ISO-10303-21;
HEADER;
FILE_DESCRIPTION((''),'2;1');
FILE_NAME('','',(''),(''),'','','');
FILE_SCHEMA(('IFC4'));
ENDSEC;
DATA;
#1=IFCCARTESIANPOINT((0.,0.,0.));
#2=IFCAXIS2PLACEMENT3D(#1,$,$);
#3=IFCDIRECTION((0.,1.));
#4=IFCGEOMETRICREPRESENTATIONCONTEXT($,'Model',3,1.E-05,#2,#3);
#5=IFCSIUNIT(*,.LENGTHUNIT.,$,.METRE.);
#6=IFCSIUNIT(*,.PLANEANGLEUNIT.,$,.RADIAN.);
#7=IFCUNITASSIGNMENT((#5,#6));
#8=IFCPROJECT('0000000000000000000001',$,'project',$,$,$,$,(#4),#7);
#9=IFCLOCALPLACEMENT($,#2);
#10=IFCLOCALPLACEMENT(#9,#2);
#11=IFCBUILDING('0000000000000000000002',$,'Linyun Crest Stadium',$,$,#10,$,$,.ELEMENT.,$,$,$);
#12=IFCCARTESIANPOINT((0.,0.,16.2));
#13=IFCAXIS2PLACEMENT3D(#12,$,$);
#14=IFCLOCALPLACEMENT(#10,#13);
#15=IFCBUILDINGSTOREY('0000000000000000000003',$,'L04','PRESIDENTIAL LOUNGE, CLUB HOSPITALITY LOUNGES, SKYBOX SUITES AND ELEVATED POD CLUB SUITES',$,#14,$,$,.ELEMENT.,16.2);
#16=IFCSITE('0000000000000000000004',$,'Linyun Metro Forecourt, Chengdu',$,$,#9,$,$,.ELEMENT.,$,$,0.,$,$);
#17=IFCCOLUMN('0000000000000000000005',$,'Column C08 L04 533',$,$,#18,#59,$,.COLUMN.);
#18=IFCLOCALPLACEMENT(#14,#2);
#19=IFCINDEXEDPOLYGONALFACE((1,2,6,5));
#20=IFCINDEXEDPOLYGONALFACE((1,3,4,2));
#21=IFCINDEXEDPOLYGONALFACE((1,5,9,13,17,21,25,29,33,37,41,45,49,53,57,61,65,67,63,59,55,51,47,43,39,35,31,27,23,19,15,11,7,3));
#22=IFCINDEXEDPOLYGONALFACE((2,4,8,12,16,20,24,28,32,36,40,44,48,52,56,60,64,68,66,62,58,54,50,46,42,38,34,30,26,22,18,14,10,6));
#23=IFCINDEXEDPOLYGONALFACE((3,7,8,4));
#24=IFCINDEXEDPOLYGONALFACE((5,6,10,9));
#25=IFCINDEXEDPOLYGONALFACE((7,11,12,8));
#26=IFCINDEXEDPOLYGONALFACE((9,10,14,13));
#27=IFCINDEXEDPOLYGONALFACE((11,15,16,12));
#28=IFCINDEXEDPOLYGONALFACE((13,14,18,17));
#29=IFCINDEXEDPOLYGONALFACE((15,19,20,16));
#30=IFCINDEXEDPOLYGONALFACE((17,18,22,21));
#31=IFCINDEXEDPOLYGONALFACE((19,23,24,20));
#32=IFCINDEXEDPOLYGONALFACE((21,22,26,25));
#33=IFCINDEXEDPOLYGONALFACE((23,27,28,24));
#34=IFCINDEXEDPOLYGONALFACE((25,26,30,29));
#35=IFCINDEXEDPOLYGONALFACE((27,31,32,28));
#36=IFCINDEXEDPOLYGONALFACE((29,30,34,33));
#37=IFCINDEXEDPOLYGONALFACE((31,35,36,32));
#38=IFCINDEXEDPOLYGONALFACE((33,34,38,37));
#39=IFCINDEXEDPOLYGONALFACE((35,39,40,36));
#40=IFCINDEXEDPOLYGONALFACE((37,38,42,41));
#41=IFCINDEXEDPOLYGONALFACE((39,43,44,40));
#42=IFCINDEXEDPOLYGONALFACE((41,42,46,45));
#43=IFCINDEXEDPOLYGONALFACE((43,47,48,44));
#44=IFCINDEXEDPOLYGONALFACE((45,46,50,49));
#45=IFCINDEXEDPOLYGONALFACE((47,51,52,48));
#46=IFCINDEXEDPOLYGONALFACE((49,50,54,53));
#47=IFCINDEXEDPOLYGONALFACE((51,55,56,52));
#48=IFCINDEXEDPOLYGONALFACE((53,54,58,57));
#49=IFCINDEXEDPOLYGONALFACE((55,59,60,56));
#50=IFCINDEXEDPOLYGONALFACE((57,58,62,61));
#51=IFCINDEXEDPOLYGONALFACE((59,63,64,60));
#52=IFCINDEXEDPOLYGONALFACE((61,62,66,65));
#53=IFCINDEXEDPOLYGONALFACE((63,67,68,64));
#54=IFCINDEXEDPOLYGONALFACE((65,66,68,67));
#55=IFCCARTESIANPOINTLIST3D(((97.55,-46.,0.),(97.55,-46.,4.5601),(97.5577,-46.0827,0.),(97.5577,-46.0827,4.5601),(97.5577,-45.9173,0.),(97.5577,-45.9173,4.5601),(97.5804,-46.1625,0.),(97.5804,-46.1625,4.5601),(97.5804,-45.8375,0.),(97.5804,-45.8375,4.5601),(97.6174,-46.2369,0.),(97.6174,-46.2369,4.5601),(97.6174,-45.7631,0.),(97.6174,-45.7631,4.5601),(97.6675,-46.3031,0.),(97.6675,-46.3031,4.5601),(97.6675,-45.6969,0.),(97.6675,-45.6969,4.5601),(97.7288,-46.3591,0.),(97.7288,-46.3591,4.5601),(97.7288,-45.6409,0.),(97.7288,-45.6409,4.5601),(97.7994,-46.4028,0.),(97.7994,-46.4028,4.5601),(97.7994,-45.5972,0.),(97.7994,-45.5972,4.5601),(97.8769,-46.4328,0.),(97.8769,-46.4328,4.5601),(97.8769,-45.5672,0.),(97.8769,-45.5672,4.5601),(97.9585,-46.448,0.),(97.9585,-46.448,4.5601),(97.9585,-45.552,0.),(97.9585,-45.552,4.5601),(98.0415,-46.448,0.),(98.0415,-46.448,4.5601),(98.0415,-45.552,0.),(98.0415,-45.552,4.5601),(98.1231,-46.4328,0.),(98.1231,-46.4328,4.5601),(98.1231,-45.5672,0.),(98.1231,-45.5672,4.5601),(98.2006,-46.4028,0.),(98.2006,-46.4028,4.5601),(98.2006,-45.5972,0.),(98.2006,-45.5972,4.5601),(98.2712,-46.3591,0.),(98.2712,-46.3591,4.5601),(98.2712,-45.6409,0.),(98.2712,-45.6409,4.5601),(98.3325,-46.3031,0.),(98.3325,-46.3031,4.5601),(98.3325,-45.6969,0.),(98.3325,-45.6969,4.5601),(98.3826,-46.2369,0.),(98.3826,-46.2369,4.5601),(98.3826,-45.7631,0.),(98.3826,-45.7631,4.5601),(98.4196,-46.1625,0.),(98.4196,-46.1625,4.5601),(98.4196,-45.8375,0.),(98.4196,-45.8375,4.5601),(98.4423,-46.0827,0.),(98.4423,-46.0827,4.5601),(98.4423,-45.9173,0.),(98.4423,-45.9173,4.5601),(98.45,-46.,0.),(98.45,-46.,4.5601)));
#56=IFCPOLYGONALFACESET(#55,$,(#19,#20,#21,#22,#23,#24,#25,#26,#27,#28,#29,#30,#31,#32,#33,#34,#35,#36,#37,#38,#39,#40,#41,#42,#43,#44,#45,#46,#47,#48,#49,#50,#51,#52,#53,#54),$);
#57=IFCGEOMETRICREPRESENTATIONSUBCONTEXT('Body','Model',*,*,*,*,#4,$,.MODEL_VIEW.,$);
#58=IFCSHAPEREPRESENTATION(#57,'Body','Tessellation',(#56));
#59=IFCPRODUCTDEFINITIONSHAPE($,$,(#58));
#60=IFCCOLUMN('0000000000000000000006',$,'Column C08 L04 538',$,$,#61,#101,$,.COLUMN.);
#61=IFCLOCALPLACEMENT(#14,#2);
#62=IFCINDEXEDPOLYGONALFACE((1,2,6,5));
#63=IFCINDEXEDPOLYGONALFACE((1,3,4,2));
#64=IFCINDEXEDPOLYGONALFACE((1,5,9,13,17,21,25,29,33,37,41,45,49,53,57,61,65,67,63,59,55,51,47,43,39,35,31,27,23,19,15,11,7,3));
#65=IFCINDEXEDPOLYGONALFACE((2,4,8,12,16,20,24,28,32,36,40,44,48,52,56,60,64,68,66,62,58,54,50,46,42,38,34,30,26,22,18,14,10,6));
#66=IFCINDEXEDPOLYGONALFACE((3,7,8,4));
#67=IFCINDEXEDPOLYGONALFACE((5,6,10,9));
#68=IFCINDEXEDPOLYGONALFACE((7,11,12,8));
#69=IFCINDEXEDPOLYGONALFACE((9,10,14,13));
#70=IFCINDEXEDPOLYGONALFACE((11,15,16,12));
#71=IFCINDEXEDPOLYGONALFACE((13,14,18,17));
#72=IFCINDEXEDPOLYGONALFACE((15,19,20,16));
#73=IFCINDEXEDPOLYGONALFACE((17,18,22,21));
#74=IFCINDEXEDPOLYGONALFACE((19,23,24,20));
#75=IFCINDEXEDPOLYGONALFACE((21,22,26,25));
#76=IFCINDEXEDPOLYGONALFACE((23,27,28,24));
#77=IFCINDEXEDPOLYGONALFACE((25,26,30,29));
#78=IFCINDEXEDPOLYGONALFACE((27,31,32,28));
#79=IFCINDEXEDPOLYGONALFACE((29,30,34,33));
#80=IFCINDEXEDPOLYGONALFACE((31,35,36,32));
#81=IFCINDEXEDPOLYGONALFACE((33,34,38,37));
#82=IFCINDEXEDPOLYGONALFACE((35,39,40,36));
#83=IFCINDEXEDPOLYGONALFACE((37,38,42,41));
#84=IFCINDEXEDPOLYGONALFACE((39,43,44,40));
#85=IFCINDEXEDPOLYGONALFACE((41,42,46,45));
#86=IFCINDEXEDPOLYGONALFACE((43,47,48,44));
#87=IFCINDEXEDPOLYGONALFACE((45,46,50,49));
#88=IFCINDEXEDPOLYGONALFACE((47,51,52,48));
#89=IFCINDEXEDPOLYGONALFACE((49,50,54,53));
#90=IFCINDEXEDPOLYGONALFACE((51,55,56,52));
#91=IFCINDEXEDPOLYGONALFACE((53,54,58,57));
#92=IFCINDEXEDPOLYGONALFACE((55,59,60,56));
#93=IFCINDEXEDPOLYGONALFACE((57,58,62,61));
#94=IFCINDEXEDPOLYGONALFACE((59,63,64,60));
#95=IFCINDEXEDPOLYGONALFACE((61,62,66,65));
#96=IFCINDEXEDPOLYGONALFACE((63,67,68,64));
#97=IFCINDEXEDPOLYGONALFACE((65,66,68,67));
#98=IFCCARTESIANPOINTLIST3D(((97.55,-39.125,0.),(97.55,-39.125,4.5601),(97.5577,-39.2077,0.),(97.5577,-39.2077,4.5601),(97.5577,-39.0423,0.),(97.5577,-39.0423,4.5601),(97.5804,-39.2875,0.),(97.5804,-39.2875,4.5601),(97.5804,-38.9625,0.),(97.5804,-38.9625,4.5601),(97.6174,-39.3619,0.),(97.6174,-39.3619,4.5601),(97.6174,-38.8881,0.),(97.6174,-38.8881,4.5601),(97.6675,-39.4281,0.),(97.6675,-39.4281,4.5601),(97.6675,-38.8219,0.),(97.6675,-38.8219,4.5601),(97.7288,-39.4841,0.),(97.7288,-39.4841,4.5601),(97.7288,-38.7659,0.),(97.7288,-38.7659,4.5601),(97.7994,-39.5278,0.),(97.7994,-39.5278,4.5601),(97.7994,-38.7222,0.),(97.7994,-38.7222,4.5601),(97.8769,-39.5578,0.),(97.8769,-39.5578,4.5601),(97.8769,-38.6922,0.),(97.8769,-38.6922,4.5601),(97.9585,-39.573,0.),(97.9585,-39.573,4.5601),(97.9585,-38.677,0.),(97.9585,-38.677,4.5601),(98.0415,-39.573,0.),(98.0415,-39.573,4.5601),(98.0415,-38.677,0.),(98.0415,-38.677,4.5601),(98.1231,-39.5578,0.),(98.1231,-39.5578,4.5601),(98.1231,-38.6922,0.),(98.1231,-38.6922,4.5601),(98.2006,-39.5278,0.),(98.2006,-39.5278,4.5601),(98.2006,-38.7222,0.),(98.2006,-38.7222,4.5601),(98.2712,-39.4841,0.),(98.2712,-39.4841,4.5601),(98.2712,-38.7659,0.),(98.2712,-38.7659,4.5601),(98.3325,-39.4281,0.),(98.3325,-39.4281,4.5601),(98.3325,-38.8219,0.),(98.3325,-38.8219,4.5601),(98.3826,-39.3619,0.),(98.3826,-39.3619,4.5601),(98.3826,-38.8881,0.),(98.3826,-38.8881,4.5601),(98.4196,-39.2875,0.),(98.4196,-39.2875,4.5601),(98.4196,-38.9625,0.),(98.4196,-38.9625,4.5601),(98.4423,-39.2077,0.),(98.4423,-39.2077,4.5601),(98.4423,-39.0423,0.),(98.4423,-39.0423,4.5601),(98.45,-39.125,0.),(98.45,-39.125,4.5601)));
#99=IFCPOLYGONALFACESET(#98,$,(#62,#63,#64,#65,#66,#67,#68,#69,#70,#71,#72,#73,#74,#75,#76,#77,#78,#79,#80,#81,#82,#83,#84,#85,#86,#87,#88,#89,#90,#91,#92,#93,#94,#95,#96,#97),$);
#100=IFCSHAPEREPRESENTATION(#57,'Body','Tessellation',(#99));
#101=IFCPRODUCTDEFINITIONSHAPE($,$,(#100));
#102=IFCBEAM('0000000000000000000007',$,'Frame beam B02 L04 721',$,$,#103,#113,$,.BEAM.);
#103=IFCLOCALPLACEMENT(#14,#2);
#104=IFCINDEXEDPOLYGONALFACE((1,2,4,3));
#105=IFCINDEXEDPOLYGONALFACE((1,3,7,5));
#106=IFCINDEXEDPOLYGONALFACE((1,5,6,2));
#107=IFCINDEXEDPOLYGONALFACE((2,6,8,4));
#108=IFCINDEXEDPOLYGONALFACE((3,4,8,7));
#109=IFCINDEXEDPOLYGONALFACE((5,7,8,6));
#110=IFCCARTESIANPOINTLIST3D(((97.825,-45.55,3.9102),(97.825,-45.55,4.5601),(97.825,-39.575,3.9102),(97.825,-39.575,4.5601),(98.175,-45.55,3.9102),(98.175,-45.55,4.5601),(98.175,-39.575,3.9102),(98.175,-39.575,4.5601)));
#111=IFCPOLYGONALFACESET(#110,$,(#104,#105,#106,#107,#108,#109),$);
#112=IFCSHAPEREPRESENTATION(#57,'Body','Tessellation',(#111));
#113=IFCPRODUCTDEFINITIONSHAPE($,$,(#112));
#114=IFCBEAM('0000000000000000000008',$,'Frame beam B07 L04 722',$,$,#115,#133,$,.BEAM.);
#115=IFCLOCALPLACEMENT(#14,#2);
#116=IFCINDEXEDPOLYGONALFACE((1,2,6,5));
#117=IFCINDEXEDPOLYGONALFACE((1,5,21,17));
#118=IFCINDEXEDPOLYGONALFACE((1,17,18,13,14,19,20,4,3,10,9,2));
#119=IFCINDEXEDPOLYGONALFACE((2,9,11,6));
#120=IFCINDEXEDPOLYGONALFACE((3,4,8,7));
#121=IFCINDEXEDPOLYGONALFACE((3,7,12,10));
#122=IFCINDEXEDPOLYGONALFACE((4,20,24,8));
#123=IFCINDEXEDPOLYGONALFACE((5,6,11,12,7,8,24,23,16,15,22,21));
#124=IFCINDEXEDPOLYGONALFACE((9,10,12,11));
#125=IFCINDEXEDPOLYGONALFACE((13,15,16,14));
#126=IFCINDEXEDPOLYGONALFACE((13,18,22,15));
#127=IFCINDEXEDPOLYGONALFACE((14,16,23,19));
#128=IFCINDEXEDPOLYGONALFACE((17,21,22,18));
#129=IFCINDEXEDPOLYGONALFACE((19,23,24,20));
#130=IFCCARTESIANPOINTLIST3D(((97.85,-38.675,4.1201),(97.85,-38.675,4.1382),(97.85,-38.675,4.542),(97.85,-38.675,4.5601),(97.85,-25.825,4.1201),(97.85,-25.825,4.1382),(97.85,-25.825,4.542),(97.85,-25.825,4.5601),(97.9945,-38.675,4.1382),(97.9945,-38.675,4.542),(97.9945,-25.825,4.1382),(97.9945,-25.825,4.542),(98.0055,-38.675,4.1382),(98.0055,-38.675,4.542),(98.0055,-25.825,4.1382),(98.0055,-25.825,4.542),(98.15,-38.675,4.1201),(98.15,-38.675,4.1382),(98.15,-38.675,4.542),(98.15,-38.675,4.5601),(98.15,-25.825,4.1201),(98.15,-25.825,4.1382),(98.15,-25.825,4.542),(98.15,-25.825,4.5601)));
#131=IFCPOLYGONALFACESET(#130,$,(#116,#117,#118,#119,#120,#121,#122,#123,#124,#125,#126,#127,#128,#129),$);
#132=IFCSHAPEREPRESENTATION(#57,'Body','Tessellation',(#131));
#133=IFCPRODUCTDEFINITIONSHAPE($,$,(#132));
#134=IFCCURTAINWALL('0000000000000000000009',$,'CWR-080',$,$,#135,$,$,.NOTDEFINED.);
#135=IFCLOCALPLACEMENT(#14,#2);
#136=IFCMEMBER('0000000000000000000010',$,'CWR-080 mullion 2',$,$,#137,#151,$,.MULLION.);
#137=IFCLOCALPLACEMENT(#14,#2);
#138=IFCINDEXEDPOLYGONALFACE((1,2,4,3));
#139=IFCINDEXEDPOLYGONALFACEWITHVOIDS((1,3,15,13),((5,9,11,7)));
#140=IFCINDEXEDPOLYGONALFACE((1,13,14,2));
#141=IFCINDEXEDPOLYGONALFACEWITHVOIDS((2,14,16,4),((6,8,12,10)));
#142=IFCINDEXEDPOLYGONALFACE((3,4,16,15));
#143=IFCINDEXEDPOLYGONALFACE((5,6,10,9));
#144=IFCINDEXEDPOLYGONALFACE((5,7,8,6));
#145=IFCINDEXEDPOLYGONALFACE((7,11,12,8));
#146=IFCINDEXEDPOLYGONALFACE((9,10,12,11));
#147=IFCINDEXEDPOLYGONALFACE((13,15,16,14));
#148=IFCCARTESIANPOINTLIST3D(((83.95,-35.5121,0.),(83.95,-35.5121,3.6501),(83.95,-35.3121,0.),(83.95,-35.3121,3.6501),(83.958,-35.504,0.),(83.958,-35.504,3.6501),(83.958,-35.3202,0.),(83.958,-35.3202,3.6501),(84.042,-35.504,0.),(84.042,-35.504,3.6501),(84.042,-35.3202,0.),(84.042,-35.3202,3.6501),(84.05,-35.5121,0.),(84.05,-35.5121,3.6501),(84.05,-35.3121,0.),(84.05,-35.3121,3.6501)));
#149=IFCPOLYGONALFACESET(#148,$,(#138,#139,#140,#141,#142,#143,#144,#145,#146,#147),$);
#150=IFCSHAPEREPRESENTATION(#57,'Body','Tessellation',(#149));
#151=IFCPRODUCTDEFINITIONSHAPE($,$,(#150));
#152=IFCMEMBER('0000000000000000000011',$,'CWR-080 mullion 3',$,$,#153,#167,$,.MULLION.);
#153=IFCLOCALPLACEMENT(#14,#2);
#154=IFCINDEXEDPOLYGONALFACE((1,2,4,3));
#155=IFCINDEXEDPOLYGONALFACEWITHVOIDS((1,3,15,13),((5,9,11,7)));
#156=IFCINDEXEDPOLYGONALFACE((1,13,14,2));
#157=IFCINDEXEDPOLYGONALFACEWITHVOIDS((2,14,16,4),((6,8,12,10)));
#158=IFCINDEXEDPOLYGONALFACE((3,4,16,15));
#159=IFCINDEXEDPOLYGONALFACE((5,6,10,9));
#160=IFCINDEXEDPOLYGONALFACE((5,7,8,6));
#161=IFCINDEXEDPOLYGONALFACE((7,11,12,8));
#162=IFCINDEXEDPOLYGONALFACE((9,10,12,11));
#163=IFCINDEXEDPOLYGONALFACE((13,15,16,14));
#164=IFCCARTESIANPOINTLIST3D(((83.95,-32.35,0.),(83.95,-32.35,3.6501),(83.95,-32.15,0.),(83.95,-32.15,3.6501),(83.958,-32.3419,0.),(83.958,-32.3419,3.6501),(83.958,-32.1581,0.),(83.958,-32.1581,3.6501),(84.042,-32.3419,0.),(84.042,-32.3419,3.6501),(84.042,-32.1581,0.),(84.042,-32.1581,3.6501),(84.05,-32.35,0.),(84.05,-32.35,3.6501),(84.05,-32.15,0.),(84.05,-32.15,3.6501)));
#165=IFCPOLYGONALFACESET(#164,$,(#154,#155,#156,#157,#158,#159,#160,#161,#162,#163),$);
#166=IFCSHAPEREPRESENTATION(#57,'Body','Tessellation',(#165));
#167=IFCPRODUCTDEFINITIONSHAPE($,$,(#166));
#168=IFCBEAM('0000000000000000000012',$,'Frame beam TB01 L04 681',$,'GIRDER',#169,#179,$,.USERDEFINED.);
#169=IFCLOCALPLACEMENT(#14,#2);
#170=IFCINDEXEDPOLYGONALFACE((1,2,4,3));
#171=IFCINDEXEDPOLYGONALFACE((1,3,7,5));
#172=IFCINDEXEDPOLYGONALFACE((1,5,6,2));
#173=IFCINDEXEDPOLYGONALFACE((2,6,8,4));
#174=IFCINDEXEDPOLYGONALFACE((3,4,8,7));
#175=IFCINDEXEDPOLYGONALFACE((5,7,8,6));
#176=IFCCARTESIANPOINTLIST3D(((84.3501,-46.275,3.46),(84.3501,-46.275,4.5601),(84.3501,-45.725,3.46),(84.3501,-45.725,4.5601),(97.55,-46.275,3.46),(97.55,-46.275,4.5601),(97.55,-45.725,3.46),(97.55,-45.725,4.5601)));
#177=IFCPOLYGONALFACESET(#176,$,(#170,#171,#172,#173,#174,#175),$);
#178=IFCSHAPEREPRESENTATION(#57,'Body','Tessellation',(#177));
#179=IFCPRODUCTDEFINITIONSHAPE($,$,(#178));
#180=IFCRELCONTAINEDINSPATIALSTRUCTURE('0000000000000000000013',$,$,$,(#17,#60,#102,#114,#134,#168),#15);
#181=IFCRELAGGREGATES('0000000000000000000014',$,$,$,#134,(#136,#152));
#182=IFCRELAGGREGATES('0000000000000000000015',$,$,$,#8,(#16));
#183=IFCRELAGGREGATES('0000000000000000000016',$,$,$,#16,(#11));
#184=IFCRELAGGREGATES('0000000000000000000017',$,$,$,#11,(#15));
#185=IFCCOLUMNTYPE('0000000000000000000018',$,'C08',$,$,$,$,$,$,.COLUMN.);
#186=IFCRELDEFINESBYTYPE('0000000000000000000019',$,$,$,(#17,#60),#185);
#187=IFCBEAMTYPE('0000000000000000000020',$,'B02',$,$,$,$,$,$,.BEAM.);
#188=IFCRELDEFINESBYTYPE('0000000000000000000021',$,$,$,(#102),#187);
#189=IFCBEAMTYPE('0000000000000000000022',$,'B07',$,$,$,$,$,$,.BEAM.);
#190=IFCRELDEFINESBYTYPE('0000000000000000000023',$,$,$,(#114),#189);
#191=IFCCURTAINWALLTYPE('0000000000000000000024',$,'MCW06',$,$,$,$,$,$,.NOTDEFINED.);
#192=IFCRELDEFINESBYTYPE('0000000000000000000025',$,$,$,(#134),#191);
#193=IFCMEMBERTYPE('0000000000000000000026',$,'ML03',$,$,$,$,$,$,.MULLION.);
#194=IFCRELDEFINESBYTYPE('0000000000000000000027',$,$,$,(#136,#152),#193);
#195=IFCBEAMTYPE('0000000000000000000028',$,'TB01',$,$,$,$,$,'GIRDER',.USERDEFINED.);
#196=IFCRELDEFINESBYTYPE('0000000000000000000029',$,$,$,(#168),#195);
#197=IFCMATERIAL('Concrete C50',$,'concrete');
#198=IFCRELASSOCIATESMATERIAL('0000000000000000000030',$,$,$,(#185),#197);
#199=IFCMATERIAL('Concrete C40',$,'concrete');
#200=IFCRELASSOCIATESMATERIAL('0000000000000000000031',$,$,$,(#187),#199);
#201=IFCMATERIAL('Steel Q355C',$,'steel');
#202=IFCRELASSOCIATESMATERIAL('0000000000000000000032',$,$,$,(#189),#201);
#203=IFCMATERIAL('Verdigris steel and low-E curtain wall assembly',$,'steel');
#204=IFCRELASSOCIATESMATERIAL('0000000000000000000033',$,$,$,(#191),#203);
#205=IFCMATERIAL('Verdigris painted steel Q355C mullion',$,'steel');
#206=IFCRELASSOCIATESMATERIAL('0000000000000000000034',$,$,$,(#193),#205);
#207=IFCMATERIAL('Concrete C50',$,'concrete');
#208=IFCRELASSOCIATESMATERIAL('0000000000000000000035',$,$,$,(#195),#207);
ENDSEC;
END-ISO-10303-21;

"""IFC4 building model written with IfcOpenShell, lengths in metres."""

from ifc_helpers import new_model, si_unit, direction, frame, origin, origin_2d, place, context, subcontext, project, spatial, rectangle, hollow_rectangle, circle, i_section, extrude, material, material_profile, profile_set, type_object, element, aggregate, save


model = new_model("IFC4")

# Units and contexts
model_context = context("Model", 3, precision=1e-05, world=origin(), true_north=direction((0.0, 1.0)))
body_context = subcontext(model_context, "Body", "Model", "MODEL_VIEW")
ifc_project = project(units=[si_unit("LENGTHUNIT", "METRE"), si_unit("PLANEANGLEUNIT", "RADIAN")], contexts=[model_context])

# Site, building, storey
site_placement = place(None, origin())
site = spatial("IfcSite", under=ifc_project, at=site_placement, Name="Linyun Metro Forecourt, Chengdu", CompositionType="ELEMENT", RefElevation=0.0)
building_placement = place(site_placement, origin())
building = spatial("IfcBuilding", under=site, at=building_placement, Name="Linyun Crest Stadium", CompositionType="ELEMENT")
storey_placement = place(building_placement, frame((0.0, 0.0, 16.2)))
storey = spatial("IfcBuildingStorey", under=building, at=storey_placement, Name="L04", Description="PRESIDENTIAL LOUNGE, CLUB HOSPITALITY LOUNGES, SKYBOX SUITES AND ELEVATED POD CLUB SUITES", CompositionType="ELEMENT", Elevation=16.2)

# Columns
ifc_material_1 = material(Name="Concrete C50", Category="concrete")
ifc_material_profile_1 = material_profile(ifc_material_1, circle(Radius=0.45, at=origin_2d()), Name="RC D900")
ifc_profile_set_1 = profile_set([ifc_material_profile_1], Name="Concrete C50")
column_type = type_object("IfcColumnType", Name="C08", PredefinedType="COLUMN", material=ifc_profile_set_1)
for number, where, z_axis, x_axis, name in (
    (1, (98.0, -46.0, 0.0), (0.0, 0.0, 1.0), (1.0, 0.0, 0.0), "Column C08 L04 533"),
    (2, (98.0, -39.125, 0.0), (0.0, 0.0, 1.0), (1.0, 0.0, 0.0), "Column C08 L04 538"),
):
    element("IfcColumn", number, at=place(storey_placement, frame(where, z_axis=z_axis, x_axis=x_axis)), inside=storey, type_object=column_type, Name=name, PredefinedType="COLUMN", context=body_context, shape_type="SweptSolid", body=[
        extrude(circle(Radius=0.45, at=origin_2d()), origin(), (0.0, 0.0, 1.0), 4.5601),
    ])

# Beams
ifc_material_2 = material(Name="Concrete C40", Category="concrete")
ifc_material_profile_2 = material_profile(ifc_material_2, rectangle(XDim=0.3501, YDim=0.6499, at=origin_2d()), Name="RCB 650x350")
ifc_profile_set_2 = profile_set([ifc_material_profile_2], Name="Concrete C40")
beam_type_1 = type_object("IfcBeamType", Name="B02", PredefinedType="BEAM", material=ifc_profile_set_2)
beam_1_placement = place(storey_placement, frame((98.0, -45.55, 4.2351), z_axis=(0.0, 1.0, 0.0), x_axis=(-1.0, 0.0, 0.0)))
element("IfcBeam", 3, at=beam_1_placement, inside=storey, type_object=beam_type_1, Name="Frame beam B02 L04 721", PredefinedType="BEAM", context=body_context, shape_type="SweptSolid", body=[
    extrude(rectangle(XDim=0.3501, YDim=0.6499, at=origin_2d()), origin(), (0.0, 0.0, 1.0), 5.9751),
])
ifc_material_3 = material(Name="Steel Q355C", Category="steel")
ifc_material_profile_3 = material_profile(ifc_material_3, i_section(OverallWidth=0.3, OverallDepth=0.4399, WebThickness=0.011, FlangeThickness=0.0181, at=origin_2d()), Name="HM 440x300")
ifc_profile_set_3 = profile_set([ifc_material_profile_3], Name="Steel Q355C")
beam_type_2 = type_object("IfcBeamType", Name="B07", PredefinedType="BEAM", material=ifc_profile_set_3)
beam_2_placement = place(storey_placement, frame((98.0, -38.675, 4.3401), z_axis=(0.0, 1.0, 0.0), x_axis=(-1.0, 0.0, 0.0)))
element("IfcBeam", 4, at=beam_2_placement, inside=storey, type_object=beam_type_2, Name="Frame beam B07 L04 722", PredefinedType="BEAM", context=body_context, shape_type="SweptSolid", body=[
    extrude(i_section(OverallWidth=0.3, OverallDepth=0.4399, WebThickness=0.011, FlangeThickness=0.0181, at=origin_2d()), origin(), (0.0, 0.0, 1.0), 12.8501),
])

# Curtain wall, members
ifc_material_4 = material(Name="Verdigris steel and low-E curtain wall assembly", Category="steel")
curtain_wall_type = type_object("IfcCurtainWallType", Name="MCW06", PredefinedType="NOTDEFINED", material=ifc_material_4)
curtain_wall_placement = place(storey_placement, origin())
curtain_wall = element("IfcCurtainWall", 5, at=curtain_wall_placement, inside=storey, type_object=curtain_wall_type, Name="CWR-080", PredefinedType="NOTDEFINED")
ifc_material_5 = material(Name="Verdigris painted steel Q355C mullion", Category="steel")
ifc_material_profile_4 = material_profile(ifc_material_5, hollow_rectangle(XDim=0.1001, YDim=0.2, WallThickness=0.0081, at=origin_2d()), Name="RHS 200x100x8")
ifc_profile_set_4 = profile_set([ifc_material_profile_4], Name="Verdigris painted steel Q355C mullion")
member_type_1 = type_object("IfcMemberType", Name="ML03", PredefinedType="MULLION", material=ifc_profile_set_4)
member_1_placement = place(storey_placement, frame((84.0, -35.4121, 0.0), z_axis=(0.0, 0.0, 1.0), x_axis=(-1.0, 0.0, 0.0)))
member_1 = element("IfcMember", 6, at=member_1_placement, type_object=member_type_1, Name="CWR-080 mullion 2", PredefinedType="MULLION", context=body_context, shape_type="SweptSolid", body=[
    extrude(hollow_rectangle(XDim=0.1001, YDim=0.2, WallThickness=0.0081, at=origin_2d()), origin(), (0.0, 0.0, 1.0), 3.6501),
])
member_2_placement = place(storey_placement, frame((84.0, -32.25, 0.0), z_axis=(0.0, 0.0, 1.0), x_axis=(-1.0, 0.0, 0.0)))
member_2 = element("IfcMember", 7, at=member_2_placement, type_object=member_type_1, Name="CWR-080 mullion 3", PredefinedType="MULLION", context=body_context, shape_type="SweptSolid", body=[
    extrude(hollow_rectangle(XDim=0.1001, YDim=0.2, WallThickness=0.0081, at=origin_2d()), origin(), (0.0, 0.0, 1.0), 3.6501),
])

# Beam
ifc_material_6 = material(Name="Concrete C50", Category="concrete")
ifc_material_profile_5 = material_profile(ifc_material_6, rectangle(XDim=0.55, YDim=1.1001, at=origin_2d()), Name="RCB 1100x550")
ifc_profile_set_5 = profile_set([ifc_material_profile_5], Name="Concrete C50")
beam_type_3 = type_object("IfcBeamType", Name="TB01", ElementType="GIRDER", PredefinedType="USERDEFINED", material=ifc_profile_set_5)
beam_3_placement = place(storey_placement, frame((84.3501, -46.0, 4.01), z_axis=(1.0, 0.0, 0.0), x_axis=(0.0, 1.0, 0.0)))
element("IfcBeam", 8, at=beam_3_placement, inside=storey, type_object=beam_type_3, Name="Frame beam TB01 L04 681", ObjectType="GIRDER", PredefinedType="USERDEFINED", context=body_context, shape_type="SweptSolid", body=[
    extrude(rectangle(XDim=0.55, YDim=1.1001, at=origin_2d()), origin(), (0.0, 0.0, 1.0), 13.2),
])

aggregate(curtain_wall, [member_1, member_2])

save(model, "model.ifc")
